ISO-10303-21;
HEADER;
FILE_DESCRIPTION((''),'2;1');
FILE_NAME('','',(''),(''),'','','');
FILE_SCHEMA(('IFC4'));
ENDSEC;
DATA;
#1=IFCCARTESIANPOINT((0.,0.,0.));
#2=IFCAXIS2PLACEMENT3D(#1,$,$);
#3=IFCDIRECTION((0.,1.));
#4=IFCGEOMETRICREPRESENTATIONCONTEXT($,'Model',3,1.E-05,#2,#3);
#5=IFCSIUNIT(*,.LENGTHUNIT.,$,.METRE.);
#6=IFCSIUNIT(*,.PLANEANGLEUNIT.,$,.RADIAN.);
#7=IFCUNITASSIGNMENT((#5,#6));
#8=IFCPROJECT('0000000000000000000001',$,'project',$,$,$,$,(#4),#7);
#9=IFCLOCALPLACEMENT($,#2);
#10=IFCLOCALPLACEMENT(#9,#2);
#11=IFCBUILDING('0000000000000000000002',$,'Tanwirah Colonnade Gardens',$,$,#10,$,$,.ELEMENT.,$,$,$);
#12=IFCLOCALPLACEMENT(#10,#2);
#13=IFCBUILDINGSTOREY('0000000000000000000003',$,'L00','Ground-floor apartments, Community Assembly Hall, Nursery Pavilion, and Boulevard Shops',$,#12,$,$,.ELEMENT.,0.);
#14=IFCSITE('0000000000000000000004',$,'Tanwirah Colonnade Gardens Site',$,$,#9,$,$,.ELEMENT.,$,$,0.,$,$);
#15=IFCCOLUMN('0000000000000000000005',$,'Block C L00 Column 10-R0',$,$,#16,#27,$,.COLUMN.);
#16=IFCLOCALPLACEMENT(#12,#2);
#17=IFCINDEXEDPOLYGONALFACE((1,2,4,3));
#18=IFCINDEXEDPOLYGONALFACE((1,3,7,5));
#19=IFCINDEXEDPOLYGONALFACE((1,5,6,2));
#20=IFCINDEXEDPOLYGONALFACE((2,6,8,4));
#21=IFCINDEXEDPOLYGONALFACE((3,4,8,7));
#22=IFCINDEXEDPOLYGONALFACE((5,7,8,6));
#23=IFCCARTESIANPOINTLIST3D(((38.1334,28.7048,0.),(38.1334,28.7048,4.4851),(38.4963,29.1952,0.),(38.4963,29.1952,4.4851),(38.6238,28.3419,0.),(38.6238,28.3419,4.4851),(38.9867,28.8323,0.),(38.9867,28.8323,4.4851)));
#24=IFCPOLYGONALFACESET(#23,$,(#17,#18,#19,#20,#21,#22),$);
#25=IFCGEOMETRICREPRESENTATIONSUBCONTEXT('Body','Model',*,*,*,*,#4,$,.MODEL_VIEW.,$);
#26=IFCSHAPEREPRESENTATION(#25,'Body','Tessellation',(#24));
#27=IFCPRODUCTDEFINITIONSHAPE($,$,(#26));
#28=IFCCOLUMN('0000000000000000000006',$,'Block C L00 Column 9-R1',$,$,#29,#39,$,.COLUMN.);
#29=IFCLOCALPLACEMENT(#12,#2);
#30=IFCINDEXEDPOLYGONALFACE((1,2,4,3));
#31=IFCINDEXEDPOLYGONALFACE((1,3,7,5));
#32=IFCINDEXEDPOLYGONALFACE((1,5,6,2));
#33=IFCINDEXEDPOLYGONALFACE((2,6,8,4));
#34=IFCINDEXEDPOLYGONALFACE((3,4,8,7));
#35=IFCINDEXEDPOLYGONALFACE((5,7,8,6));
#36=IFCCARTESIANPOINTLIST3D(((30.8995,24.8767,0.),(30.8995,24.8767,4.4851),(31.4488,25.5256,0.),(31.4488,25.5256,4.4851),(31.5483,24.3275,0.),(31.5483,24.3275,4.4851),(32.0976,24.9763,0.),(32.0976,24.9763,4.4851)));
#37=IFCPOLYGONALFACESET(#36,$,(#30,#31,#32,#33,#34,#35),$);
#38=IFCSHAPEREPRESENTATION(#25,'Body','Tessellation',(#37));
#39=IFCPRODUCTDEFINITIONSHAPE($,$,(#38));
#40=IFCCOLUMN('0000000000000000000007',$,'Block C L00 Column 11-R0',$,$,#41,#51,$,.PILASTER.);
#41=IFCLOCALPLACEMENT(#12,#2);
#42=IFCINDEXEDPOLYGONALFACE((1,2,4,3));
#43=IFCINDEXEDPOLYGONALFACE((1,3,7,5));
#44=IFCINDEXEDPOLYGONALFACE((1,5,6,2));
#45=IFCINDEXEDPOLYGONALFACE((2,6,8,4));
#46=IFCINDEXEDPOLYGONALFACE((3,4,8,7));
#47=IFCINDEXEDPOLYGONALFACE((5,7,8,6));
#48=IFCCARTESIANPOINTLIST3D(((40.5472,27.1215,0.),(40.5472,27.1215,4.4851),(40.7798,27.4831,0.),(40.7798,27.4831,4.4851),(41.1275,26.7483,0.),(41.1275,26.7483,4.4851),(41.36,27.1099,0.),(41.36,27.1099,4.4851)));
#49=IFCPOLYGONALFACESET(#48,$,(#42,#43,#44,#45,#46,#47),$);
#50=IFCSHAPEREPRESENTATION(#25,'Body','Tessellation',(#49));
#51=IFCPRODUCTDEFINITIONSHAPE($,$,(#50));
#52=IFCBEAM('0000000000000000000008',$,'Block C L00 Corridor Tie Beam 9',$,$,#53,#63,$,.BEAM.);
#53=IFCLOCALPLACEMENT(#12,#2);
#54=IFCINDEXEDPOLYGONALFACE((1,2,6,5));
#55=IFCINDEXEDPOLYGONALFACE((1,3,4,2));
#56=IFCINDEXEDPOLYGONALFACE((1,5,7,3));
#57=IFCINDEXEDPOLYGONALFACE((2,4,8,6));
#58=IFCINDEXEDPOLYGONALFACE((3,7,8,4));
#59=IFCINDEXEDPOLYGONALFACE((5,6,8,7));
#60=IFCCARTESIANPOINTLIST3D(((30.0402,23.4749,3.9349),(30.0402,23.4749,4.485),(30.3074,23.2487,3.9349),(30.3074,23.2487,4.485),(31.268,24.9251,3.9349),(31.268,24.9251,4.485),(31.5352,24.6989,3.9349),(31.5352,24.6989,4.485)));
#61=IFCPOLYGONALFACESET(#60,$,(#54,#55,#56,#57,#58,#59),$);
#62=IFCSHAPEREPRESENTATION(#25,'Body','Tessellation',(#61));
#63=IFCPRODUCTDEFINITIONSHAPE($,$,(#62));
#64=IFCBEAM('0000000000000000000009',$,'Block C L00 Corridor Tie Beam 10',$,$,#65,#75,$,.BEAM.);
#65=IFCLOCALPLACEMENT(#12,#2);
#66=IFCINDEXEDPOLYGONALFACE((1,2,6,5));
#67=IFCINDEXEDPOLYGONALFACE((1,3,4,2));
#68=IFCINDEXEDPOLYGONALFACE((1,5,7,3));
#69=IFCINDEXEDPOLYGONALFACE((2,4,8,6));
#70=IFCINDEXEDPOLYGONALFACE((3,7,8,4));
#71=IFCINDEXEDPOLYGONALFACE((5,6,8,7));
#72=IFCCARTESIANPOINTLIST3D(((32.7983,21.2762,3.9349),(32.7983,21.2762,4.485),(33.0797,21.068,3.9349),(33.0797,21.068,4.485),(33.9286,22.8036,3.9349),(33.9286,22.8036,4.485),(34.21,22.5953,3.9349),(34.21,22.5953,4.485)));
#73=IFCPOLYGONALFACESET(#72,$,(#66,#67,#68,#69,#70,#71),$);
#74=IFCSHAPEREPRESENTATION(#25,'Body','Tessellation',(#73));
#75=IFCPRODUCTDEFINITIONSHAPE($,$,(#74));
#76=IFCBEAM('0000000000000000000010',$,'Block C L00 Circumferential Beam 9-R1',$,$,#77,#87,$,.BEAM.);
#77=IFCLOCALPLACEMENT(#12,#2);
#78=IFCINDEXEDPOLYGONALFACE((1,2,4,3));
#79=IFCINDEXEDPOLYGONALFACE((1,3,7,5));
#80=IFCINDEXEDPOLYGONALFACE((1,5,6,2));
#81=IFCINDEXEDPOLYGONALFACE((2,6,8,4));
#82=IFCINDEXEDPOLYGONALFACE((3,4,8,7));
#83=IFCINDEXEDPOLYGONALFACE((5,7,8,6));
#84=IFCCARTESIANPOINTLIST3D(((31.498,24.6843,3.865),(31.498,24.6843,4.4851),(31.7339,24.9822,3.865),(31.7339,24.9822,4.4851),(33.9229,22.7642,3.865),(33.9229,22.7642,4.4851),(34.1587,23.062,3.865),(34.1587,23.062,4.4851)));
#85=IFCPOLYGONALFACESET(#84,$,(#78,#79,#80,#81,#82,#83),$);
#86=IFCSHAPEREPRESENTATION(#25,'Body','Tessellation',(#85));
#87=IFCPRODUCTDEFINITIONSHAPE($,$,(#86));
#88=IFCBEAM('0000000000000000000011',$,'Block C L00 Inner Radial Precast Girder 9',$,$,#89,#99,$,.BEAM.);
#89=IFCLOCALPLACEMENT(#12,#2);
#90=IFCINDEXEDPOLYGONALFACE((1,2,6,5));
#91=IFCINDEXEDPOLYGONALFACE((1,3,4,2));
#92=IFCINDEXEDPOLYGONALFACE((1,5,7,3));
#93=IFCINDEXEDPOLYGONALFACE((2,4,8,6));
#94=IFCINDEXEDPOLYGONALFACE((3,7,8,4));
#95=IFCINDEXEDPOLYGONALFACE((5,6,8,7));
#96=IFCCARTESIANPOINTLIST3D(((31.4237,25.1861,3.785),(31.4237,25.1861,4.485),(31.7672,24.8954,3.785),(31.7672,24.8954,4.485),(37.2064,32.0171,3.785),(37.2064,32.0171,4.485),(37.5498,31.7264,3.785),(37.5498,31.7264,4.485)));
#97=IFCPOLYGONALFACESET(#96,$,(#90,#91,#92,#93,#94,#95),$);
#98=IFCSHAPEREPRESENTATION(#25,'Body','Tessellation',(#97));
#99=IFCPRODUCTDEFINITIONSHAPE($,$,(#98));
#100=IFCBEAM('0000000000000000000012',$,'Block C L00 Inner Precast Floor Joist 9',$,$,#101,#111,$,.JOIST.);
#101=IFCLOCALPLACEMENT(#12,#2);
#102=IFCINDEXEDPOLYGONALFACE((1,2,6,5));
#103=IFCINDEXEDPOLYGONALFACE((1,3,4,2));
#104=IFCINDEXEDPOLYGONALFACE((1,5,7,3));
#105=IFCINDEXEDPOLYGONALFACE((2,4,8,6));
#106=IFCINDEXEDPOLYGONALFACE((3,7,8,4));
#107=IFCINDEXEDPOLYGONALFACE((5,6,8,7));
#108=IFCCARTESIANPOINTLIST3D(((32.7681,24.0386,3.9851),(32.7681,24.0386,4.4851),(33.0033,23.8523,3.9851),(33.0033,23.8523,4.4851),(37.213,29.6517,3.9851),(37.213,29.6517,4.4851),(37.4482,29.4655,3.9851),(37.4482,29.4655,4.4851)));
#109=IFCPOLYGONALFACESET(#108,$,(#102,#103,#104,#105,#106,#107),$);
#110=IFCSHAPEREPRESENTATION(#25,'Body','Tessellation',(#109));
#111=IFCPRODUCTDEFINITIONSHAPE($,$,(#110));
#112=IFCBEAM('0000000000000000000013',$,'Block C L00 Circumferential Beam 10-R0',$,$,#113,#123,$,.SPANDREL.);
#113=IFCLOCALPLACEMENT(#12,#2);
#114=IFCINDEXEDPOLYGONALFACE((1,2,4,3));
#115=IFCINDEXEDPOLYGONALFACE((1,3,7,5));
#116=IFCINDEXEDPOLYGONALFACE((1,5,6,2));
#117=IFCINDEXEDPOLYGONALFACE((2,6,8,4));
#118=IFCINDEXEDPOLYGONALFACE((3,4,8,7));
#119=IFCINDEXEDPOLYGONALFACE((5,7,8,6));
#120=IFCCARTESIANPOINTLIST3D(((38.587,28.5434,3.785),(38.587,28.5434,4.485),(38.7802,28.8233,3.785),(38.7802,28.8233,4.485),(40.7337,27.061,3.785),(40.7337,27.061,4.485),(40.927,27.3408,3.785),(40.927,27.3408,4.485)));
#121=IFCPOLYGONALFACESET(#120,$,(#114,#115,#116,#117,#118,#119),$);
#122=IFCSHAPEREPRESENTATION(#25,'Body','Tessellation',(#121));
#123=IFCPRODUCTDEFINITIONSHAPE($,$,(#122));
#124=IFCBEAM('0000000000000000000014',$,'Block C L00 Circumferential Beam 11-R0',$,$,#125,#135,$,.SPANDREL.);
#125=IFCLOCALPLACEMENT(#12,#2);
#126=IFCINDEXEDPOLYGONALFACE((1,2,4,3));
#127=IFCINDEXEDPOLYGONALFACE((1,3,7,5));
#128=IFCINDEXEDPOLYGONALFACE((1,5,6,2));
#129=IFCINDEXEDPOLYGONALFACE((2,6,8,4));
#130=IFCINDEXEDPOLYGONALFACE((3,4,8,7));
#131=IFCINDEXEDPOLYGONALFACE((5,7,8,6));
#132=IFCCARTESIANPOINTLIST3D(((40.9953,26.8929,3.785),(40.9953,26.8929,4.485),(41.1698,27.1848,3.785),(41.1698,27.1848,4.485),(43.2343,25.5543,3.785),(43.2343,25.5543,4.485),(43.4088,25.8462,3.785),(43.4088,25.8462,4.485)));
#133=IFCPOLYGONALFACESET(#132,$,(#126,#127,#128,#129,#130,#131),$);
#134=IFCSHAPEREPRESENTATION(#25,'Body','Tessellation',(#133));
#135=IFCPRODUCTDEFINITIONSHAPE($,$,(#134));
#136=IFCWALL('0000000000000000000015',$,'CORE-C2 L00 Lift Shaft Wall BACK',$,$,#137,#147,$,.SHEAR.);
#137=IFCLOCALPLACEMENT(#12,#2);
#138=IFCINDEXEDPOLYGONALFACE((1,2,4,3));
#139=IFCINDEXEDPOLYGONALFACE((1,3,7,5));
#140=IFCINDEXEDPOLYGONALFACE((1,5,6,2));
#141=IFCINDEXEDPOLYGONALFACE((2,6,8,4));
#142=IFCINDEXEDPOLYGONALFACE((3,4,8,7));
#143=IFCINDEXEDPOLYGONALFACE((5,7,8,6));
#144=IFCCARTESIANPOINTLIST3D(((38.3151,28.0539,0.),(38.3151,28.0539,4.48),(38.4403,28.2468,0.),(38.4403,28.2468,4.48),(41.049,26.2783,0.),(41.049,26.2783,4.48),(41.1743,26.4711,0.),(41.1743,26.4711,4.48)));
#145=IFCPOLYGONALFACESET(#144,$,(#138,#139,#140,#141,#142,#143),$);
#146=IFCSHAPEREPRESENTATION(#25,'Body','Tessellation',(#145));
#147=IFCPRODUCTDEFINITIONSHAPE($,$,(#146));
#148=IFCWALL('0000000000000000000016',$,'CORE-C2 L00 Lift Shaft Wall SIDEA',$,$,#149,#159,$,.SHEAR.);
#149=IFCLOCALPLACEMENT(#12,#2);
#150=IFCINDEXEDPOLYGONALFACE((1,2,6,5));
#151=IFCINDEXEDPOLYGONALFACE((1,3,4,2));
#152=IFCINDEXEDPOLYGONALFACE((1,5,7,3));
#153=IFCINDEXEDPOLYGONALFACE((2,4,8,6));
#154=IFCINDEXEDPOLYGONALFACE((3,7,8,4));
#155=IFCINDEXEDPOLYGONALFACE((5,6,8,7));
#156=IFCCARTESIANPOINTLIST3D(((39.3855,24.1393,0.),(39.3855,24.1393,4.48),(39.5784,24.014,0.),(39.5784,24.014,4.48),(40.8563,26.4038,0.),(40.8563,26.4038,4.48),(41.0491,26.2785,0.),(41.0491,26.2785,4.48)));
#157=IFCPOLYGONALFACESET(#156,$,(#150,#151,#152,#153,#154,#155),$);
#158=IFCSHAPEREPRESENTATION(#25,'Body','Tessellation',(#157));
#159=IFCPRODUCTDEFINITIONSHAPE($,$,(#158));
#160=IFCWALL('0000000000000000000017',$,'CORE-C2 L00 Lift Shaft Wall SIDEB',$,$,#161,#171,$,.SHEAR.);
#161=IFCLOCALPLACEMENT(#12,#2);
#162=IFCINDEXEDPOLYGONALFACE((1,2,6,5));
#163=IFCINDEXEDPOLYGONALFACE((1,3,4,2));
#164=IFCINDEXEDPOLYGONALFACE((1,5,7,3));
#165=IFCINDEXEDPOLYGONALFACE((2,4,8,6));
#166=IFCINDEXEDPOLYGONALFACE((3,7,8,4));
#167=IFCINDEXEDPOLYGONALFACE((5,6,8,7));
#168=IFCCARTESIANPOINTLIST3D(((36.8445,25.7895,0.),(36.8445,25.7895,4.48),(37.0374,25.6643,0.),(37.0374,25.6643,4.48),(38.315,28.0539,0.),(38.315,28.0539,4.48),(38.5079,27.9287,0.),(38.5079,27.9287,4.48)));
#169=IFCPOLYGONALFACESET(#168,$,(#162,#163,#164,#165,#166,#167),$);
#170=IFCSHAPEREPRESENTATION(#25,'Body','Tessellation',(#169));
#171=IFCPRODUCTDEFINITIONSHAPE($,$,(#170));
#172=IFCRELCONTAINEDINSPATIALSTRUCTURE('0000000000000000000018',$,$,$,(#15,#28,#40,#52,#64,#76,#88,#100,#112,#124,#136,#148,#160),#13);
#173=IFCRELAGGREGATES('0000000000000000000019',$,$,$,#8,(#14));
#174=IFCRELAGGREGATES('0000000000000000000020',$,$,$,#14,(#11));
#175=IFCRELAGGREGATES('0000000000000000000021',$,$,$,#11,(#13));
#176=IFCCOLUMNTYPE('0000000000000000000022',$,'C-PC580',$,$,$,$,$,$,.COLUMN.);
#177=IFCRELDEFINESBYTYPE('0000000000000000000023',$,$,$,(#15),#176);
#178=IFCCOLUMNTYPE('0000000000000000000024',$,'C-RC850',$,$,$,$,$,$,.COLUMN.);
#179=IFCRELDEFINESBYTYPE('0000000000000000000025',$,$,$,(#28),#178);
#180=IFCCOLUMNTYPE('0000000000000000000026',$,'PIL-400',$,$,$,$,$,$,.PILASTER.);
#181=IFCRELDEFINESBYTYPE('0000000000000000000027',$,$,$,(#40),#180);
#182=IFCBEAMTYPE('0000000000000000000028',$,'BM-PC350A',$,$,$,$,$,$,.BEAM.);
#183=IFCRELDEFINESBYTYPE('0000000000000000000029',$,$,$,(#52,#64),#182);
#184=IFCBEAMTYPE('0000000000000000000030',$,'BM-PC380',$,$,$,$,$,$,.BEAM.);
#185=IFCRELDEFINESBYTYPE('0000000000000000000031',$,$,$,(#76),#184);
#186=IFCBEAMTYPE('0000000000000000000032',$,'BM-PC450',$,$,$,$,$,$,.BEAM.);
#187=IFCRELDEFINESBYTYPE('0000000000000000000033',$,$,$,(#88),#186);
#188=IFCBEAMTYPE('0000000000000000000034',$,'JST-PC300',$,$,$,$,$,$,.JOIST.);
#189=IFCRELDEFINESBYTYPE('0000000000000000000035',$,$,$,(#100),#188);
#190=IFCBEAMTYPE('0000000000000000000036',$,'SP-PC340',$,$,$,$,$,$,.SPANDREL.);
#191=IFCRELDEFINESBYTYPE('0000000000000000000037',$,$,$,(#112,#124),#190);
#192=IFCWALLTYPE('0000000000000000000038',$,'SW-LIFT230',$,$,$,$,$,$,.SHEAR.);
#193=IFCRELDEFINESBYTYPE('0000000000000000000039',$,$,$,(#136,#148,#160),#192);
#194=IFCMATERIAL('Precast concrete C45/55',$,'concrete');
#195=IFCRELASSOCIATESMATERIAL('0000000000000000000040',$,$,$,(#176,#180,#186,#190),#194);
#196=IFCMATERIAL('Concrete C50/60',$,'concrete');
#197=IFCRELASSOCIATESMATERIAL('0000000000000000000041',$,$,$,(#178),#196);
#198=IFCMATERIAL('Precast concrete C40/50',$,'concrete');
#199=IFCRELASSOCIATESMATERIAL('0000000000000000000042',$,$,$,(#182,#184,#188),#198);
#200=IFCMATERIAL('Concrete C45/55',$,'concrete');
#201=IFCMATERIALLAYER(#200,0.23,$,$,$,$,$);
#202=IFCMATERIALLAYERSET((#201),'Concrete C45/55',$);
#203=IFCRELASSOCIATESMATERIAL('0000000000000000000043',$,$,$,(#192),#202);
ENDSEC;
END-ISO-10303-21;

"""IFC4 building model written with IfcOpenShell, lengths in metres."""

from ifc_helpers import new_model, si_unit, direction, frame, frame_2d, origin, origin_2d, place, context, subcontext, project, spatial, rectangle, extrude, material, layer, layer_set, material_profile, profile_set, type_object, element, save


model = new_model("IFC4")

# Units and contexts
model_context = context("Model", 3, precision=1e-05, world=origin(), true_north=direction((0.0, 1.0)))
body_context = subcontext(model_context, "Body", "Model", "MODEL_VIEW")
ifc_project = project(units=[si_unit("LENGTHUNIT", "METRE"), si_unit("PLANEANGLEUNIT", "RADIAN")], contexts=[model_context])

# Site, building, storey
site_placement = place(None, origin())
site = spatial("IfcSite", under=ifc_project, at=site_placement, Name="Tanwirah Colonnade Gardens Site", CompositionType="ELEMENT", RefElevation=0.0)
building_placement = place(site_placement, origin())
building = spatial("IfcBuilding", under=site, at=building_placement, Name="Tanwirah Colonnade Gardens", CompositionType="ELEMENT")
storey_placement = place(building_placement, origin())
storey = spatial("IfcBuildingStorey", under=building, at=storey_placement, Name="L00", Description="Ground-floor apartments, Community Assembly Hall, Nursery Pavilion, and Boulevard Shops", CompositionType="ELEMENT", Elevation=0.0)

# Columns
ifc_material_1 = material(Name="Precast concrete C45/55", Category="concrete")
ifc_material_profile_1 = material_profile(ifc_material_1, rectangle(XDim=0.6101, YDim=0.6101, at=origin_2d()), Name="PC-COL 610x610")
ifc_profile_set_1 = profile_set([ifc_material_profile_1], Name="Precast concrete C45/55")
column_type_1 = type_object("IfcColumnType", Name="C-PC580", PredefinedType="COLUMN", material=ifc_profile_set_1)
column_1_placement = place(storey_placement, frame((38.5601, 28.7686, 0.0), z_axis=(0.0, 0.0, 1.0), x_axis=(-0.594823, -0.803857, 0.0)))
element("IfcColumn", 1, at=column_1_placement, inside=storey, type_object=column_type_1, Name="Block C L00 Column 10-R0", PredefinedType="COLUMN", context=body_context, shape_type="SweptSolid", body=[
    extrude(rectangle(XDim=0.6101, YDim=0.6101, at=origin_2d()), origin(), (0.0, 0.0, 1.0), 4.4851),
])
ifc_material_2 = material(Name="Concrete C50/60", Category="concrete")
ifc_material_profile_2 = material_profile(ifc_material_2, rectangle(XDim=0.8501, YDim=0.8501, at=origin_2d()), Name="RC-COL 850x850")
ifc_profile_set_2 = profile_set([ifc_material_profile_2], Name="Concrete C50/60")
column_type_2 = type_object("IfcColumnType", Name="C-RC850", PredefinedType="COLUMN", material=ifc_profile_set_2)
column_2_placement = place(storey_placement, frame((31.4985, 24.9265, 0.0), z_axis=(0.0, 0.0, 1.0), x_axis=(-0.646124, -0.763232, 0.0)))
element("IfcColumn", 2, at=column_2_placement, inside=storey, type_object=column_type_2, Name="Block C L00 Column 9-R1", PredefinedType="COLUMN", context=body_context, shape_type="SweptSolid", body=[
    extrude(rectangle(XDim=0.8501, YDim=0.8501, at=origin_2d()), origin(), (0.0, 0.0, 1.0), 4.4851),
])
ifc_material_profile_3 = material_profile(ifc_material_1, rectangle(XDim=0.4299, YDim=0.6899, at=origin_2d()), Name="PC-PIL 430x690")
ifc_profile_set_3 = profile_set([ifc_material_profile_3], Name="Precast concrete C45/55")
column_type_3 = type_object("IfcColumnType", Name="PIL-400", PredefinedType="PILASTER", material=ifc_profile_set_3)
column_3_placement = place(storey_placement, frame((40.9536, 27.1157, 0.0), z_axis=(0.0, 0.0, 1.0), x_axis=(-0.540974, -0.841039, 0.0)))
element("IfcColumn", 3, at=column_3_placement, inside=storey, type_object=column_type_3, Name="Block C L00 Column 11-R0", PredefinedType="PILASTER", context=body_context, shape_type="SweptSolid", body=[
    extrude(rectangle(XDim=0.4299, YDim=0.6899, at=origin_2d()), origin(), (0.0, 0.0, 1.0), 4.4851),
])

# Beams
ifc_material_3 = material(Name="Precast concrete C40/50", Category="concrete")
ifc_material_profile_4 = material_profile(ifc_material_3, rectangle(XDim=0.3501, YDim=0.55, at=origin_2d()), Name="PC-BM 350x550")
ifc_profile_set_4 = profile_set([ifc_material_profile_4], Name="Precast concrete C40/50")
beam_type_1 = type_object("IfcBeamType", Name="BM-PC350A", PredefinedType="BEAM", material=ifc_profile_set_4)
for number, where, z_axis, x_axis, name in (
    (4, (31.4016, 24.812, 4.21), (-0.646155, -0.763206, 0.0), (0.763206, -0.646155, 0.0), "Block C L00 Corridor Tie Beam 9"),
    (5, (34.0693, 22.6995, 4.21), (-0.594889, -0.803807, 0.0), (0.803807, -0.594889, 0.0), "Block C L00 Corridor Tie Beam 10"),
):
    element("IfcBeam", number, at=place(storey_placement, frame(where, z_axis=z_axis, x_axis=x_axis)), inside=storey, type_object=beam_type_1, Name=name, PredefinedType="BEAM", context=body_context, shape_type="SweptSolid", body=[
        extrude(rectangle(XDim=0.3501, YDim=0.55, at=origin_2d()), origin(), (0.0, 0.0, 1.0), 1.9001),
    ])
ifc_material_profile_5 = material_profile(ifc_material_3, rectangle(XDim=0.3799, YDim=0.6201, at=origin_2d()), Name="PC-BM 380x620")
ifc_profile_set_5 = profile_set([ifc_material_profile_5], Name="Precast concrete C40/50")
beam_type_2 = type_object("IfcBeamType", Name="BM-PC380", PredefinedType="BEAM", material=ifc_profile_set_5)
beam_1_placement = place(storey_placement, frame((31.616, 24.8333, 4.175), z_axis=(0.783963, -0.620808, 0.0), x_axis=(0.620808, 0.783963, 0.0)))
element("IfcBeam", 6, at=beam_1_placement, inside=storey, type_object=beam_type_2, Name="Block C L00 Circumferential Beam 9-R1", PredefinedType="BEAM", context=body_context, shape_type="SweptSolid", body=[
    extrude(rectangle(XDim=0.3799, YDim=0.6201, at=origin_2d()), origin(), (0.0, 0.0, 1.0), 3.093),
])
ifc_material_profile_6 = material_profile(ifc_material_1, rectangle(XDim=0.45, YDim=0.7, at=origin_2d()), Name="PC-BM 450x700")
ifc_profile_set_6 = profile_set([ifc_material_profile_6], Name="Precast concrete C45/55")
beam_type_3 = type_object("IfcBeamType", Name="BM-PC450", PredefinedType="BEAM", material=ifc_profile_set_6)
beam_2_placement = place(storey_placement, frame((31.5955, 25.0408, 4.135), z_axis=(0.646111, 0.763243, 0.0), x_axis=(-0.763243, 0.646111, 0.0)))
element("IfcBeam", 7, at=beam_2_placement, inside=storey, type_object=beam_type_3, Name="Block C L00 Inner Radial Precast Girder 9", PredefinedType="BEAM", context=body_context, shape_type="SweptSolid", body=[
    extrude(rectangle(XDim=0.45, YDim=0.7, at=origin_2d()), origin(), (0.0, 0.0, 1.0), 8.95),
])
ifc_material_profile_7 = material_profile(ifc_material_3, rectangle(XDim=0.3, YDim=0.5, at=origin_2d()), Name="PC-JST 300x500")
ifc_profile_set_7 = profile_set([ifc_material_profile_7], Name="Precast concrete C40/50")
beam_type_4 = type_object("IfcBeamType", Name="JST-PC300", PredefinedType="JOIST", material=ifc_profile_set_7)
beam_3_placement = place(storey_placement, frame((37.3306, 29.5586, 4.2351), z_axis=(-0.620803, -0.783966, 0.0), x_axis=(0.783966, -0.620803, 0.0)))
element("IfcBeam", 8, at=beam_3_placement, inside=storey, type_object=beam_type_4, Name="Block C L00 Inner Precast Floor Joist 9", PredefinedType="JOIST", context=body_context, shape_type="SweptSolid", body=[
    extrude(rectangle(XDim=0.3, YDim=0.5, at=origin_2d()), origin(), (0.0, 0.0, 1.0), 7.1599),
])
ifc_material_profile_8 = material_profile(ifc_material_1, rectangle(XDim=0.3401, YDim=0.7, at=origin_2d()), Name="PC-SP 340x700")
ifc_profile_set_8 = profile_set([ifc_material_profile_8], Name="Precast concrete C45/55")
beam_type_5 = type_object("IfcBeamType", Name="SP-PC340", PredefinedType="SPANDREL", material=ifc_profile_set_8)
beam_4_placement = place(storey_placement, frame((38.6836, 28.6833, 4.135), z_axis=(0.822869, -0.568231, 0.0), x_axis=(0.568231, 0.822869, 0.0)))
element("IfcBeam", 9, at=beam_4_placement, inside=storey, type_object=beam_type_5, Name="Block C L00 Circumferential Beam 10-R0", PredefinedType="SPANDREL", context=body_context, shape_type="SweptSolid", body=[
    extrude(rectangle(XDim=0.3401, YDim=0.7, at=origin_2d()), origin(), (0.0, 0.0, 1.0), 2.6089),
])
beam_5_placement = place(storey_placement, frame((41.0825, 27.0388, 4.135), z_axis=(0.858301, -0.513146, 0.0), x_axis=(0.513146, 0.858301, 0.0)))
element("IfcBeam", 10, at=beam_5_placement, inside=storey, type_object=beam_type_5, Name="Block C L00 Circumferential Beam 11-R0", PredefinedType="SPANDREL", context=body_context, shape_type="SweptSolid", body=[
    extrude(rectangle(XDim=0.3401, YDim=0.7, at=origin_2d()), origin(), (0.0, 0.0, 1.0), 2.6086),
])

# Shared definitions
ifc_material_4 = material(Name="Concrete C45/55", Category="concrete")
ifc_layer_1 = layer(ifc_material_4, 0.23)
ifc_layer_set_1 = layer_set([ifc_layer_1], Name="Concrete C45/55")
wall_type = type_object("IfcWallType", Name="SW-LIFT230", PredefinedType="SHEAR", material=ifc_layer_set_1)

# Walls
wall_1_placement = place(storey_placement, frame((41.1116, 26.3748, 0.0), z_axis=(0.0, 0.0, 1.0), x_axis=(-0.838639, 0.544688, 0.0)))
element("IfcWall", 11, at=wall_1_placement, inside=storey, type_object=wall_type, Name="CORE-C2 L00 Lift Shaft Wall BACK", PredefinedType="SHEAR", context=body_context, shape_type="SweptSolid", body=[
    extrude(rectangle(XDim=3.26, YDim=0.23, at=frame_2d((1.6299, 0.0))), origin(), (0.0, 0.0, 1.0), 4.48),
])
wall_2_placement = place(storey_placement, frame((39.4819, 24.0767, 0.0), z_axis=(0.0, 0.0, 1.0), x_axis=(0.544686, 0.83864, 0.0)))
element("IfcWall", 12, at=wall_2_placement, inside=storey, type_object=wall_type, Name="CORE-C2 L00 Lift Shaft Wall SIDEA", PredefinedType="SHEAR", context=body_context, shape_type="SweptSolid", body=[
    extrude(rectangle(XDim=2.7002, YDim=0.23, at=frame_2d((1.3501, 0.0))), origin(), (0.0, 0.0, 1.0), 4.48),
])
wall_3_placement = place(storey_placement, frame((36.9409, 25.7268, 0.0), z_axis=(0.0, 0.0, 1.0), x_axis=(0.544623, 0.838681, 0.0)))
element("IfcWall", 13, at=wall_3_placement, inside=storey, type_object=wall_type, Name="CORE-C2 L00 Lift Shaft Wall SIDEB", PredefinedType="SHEAR", context=body_context, shape_type="SweptSolid", body=[
    extrude(rectangle(XDim=2.7, YDim=0.23, at=frame_2d((1.3501, 0.0))), origin(), (0.0, 0.0, 1.0), 4.48),
])

save(model, "model.ifc")
